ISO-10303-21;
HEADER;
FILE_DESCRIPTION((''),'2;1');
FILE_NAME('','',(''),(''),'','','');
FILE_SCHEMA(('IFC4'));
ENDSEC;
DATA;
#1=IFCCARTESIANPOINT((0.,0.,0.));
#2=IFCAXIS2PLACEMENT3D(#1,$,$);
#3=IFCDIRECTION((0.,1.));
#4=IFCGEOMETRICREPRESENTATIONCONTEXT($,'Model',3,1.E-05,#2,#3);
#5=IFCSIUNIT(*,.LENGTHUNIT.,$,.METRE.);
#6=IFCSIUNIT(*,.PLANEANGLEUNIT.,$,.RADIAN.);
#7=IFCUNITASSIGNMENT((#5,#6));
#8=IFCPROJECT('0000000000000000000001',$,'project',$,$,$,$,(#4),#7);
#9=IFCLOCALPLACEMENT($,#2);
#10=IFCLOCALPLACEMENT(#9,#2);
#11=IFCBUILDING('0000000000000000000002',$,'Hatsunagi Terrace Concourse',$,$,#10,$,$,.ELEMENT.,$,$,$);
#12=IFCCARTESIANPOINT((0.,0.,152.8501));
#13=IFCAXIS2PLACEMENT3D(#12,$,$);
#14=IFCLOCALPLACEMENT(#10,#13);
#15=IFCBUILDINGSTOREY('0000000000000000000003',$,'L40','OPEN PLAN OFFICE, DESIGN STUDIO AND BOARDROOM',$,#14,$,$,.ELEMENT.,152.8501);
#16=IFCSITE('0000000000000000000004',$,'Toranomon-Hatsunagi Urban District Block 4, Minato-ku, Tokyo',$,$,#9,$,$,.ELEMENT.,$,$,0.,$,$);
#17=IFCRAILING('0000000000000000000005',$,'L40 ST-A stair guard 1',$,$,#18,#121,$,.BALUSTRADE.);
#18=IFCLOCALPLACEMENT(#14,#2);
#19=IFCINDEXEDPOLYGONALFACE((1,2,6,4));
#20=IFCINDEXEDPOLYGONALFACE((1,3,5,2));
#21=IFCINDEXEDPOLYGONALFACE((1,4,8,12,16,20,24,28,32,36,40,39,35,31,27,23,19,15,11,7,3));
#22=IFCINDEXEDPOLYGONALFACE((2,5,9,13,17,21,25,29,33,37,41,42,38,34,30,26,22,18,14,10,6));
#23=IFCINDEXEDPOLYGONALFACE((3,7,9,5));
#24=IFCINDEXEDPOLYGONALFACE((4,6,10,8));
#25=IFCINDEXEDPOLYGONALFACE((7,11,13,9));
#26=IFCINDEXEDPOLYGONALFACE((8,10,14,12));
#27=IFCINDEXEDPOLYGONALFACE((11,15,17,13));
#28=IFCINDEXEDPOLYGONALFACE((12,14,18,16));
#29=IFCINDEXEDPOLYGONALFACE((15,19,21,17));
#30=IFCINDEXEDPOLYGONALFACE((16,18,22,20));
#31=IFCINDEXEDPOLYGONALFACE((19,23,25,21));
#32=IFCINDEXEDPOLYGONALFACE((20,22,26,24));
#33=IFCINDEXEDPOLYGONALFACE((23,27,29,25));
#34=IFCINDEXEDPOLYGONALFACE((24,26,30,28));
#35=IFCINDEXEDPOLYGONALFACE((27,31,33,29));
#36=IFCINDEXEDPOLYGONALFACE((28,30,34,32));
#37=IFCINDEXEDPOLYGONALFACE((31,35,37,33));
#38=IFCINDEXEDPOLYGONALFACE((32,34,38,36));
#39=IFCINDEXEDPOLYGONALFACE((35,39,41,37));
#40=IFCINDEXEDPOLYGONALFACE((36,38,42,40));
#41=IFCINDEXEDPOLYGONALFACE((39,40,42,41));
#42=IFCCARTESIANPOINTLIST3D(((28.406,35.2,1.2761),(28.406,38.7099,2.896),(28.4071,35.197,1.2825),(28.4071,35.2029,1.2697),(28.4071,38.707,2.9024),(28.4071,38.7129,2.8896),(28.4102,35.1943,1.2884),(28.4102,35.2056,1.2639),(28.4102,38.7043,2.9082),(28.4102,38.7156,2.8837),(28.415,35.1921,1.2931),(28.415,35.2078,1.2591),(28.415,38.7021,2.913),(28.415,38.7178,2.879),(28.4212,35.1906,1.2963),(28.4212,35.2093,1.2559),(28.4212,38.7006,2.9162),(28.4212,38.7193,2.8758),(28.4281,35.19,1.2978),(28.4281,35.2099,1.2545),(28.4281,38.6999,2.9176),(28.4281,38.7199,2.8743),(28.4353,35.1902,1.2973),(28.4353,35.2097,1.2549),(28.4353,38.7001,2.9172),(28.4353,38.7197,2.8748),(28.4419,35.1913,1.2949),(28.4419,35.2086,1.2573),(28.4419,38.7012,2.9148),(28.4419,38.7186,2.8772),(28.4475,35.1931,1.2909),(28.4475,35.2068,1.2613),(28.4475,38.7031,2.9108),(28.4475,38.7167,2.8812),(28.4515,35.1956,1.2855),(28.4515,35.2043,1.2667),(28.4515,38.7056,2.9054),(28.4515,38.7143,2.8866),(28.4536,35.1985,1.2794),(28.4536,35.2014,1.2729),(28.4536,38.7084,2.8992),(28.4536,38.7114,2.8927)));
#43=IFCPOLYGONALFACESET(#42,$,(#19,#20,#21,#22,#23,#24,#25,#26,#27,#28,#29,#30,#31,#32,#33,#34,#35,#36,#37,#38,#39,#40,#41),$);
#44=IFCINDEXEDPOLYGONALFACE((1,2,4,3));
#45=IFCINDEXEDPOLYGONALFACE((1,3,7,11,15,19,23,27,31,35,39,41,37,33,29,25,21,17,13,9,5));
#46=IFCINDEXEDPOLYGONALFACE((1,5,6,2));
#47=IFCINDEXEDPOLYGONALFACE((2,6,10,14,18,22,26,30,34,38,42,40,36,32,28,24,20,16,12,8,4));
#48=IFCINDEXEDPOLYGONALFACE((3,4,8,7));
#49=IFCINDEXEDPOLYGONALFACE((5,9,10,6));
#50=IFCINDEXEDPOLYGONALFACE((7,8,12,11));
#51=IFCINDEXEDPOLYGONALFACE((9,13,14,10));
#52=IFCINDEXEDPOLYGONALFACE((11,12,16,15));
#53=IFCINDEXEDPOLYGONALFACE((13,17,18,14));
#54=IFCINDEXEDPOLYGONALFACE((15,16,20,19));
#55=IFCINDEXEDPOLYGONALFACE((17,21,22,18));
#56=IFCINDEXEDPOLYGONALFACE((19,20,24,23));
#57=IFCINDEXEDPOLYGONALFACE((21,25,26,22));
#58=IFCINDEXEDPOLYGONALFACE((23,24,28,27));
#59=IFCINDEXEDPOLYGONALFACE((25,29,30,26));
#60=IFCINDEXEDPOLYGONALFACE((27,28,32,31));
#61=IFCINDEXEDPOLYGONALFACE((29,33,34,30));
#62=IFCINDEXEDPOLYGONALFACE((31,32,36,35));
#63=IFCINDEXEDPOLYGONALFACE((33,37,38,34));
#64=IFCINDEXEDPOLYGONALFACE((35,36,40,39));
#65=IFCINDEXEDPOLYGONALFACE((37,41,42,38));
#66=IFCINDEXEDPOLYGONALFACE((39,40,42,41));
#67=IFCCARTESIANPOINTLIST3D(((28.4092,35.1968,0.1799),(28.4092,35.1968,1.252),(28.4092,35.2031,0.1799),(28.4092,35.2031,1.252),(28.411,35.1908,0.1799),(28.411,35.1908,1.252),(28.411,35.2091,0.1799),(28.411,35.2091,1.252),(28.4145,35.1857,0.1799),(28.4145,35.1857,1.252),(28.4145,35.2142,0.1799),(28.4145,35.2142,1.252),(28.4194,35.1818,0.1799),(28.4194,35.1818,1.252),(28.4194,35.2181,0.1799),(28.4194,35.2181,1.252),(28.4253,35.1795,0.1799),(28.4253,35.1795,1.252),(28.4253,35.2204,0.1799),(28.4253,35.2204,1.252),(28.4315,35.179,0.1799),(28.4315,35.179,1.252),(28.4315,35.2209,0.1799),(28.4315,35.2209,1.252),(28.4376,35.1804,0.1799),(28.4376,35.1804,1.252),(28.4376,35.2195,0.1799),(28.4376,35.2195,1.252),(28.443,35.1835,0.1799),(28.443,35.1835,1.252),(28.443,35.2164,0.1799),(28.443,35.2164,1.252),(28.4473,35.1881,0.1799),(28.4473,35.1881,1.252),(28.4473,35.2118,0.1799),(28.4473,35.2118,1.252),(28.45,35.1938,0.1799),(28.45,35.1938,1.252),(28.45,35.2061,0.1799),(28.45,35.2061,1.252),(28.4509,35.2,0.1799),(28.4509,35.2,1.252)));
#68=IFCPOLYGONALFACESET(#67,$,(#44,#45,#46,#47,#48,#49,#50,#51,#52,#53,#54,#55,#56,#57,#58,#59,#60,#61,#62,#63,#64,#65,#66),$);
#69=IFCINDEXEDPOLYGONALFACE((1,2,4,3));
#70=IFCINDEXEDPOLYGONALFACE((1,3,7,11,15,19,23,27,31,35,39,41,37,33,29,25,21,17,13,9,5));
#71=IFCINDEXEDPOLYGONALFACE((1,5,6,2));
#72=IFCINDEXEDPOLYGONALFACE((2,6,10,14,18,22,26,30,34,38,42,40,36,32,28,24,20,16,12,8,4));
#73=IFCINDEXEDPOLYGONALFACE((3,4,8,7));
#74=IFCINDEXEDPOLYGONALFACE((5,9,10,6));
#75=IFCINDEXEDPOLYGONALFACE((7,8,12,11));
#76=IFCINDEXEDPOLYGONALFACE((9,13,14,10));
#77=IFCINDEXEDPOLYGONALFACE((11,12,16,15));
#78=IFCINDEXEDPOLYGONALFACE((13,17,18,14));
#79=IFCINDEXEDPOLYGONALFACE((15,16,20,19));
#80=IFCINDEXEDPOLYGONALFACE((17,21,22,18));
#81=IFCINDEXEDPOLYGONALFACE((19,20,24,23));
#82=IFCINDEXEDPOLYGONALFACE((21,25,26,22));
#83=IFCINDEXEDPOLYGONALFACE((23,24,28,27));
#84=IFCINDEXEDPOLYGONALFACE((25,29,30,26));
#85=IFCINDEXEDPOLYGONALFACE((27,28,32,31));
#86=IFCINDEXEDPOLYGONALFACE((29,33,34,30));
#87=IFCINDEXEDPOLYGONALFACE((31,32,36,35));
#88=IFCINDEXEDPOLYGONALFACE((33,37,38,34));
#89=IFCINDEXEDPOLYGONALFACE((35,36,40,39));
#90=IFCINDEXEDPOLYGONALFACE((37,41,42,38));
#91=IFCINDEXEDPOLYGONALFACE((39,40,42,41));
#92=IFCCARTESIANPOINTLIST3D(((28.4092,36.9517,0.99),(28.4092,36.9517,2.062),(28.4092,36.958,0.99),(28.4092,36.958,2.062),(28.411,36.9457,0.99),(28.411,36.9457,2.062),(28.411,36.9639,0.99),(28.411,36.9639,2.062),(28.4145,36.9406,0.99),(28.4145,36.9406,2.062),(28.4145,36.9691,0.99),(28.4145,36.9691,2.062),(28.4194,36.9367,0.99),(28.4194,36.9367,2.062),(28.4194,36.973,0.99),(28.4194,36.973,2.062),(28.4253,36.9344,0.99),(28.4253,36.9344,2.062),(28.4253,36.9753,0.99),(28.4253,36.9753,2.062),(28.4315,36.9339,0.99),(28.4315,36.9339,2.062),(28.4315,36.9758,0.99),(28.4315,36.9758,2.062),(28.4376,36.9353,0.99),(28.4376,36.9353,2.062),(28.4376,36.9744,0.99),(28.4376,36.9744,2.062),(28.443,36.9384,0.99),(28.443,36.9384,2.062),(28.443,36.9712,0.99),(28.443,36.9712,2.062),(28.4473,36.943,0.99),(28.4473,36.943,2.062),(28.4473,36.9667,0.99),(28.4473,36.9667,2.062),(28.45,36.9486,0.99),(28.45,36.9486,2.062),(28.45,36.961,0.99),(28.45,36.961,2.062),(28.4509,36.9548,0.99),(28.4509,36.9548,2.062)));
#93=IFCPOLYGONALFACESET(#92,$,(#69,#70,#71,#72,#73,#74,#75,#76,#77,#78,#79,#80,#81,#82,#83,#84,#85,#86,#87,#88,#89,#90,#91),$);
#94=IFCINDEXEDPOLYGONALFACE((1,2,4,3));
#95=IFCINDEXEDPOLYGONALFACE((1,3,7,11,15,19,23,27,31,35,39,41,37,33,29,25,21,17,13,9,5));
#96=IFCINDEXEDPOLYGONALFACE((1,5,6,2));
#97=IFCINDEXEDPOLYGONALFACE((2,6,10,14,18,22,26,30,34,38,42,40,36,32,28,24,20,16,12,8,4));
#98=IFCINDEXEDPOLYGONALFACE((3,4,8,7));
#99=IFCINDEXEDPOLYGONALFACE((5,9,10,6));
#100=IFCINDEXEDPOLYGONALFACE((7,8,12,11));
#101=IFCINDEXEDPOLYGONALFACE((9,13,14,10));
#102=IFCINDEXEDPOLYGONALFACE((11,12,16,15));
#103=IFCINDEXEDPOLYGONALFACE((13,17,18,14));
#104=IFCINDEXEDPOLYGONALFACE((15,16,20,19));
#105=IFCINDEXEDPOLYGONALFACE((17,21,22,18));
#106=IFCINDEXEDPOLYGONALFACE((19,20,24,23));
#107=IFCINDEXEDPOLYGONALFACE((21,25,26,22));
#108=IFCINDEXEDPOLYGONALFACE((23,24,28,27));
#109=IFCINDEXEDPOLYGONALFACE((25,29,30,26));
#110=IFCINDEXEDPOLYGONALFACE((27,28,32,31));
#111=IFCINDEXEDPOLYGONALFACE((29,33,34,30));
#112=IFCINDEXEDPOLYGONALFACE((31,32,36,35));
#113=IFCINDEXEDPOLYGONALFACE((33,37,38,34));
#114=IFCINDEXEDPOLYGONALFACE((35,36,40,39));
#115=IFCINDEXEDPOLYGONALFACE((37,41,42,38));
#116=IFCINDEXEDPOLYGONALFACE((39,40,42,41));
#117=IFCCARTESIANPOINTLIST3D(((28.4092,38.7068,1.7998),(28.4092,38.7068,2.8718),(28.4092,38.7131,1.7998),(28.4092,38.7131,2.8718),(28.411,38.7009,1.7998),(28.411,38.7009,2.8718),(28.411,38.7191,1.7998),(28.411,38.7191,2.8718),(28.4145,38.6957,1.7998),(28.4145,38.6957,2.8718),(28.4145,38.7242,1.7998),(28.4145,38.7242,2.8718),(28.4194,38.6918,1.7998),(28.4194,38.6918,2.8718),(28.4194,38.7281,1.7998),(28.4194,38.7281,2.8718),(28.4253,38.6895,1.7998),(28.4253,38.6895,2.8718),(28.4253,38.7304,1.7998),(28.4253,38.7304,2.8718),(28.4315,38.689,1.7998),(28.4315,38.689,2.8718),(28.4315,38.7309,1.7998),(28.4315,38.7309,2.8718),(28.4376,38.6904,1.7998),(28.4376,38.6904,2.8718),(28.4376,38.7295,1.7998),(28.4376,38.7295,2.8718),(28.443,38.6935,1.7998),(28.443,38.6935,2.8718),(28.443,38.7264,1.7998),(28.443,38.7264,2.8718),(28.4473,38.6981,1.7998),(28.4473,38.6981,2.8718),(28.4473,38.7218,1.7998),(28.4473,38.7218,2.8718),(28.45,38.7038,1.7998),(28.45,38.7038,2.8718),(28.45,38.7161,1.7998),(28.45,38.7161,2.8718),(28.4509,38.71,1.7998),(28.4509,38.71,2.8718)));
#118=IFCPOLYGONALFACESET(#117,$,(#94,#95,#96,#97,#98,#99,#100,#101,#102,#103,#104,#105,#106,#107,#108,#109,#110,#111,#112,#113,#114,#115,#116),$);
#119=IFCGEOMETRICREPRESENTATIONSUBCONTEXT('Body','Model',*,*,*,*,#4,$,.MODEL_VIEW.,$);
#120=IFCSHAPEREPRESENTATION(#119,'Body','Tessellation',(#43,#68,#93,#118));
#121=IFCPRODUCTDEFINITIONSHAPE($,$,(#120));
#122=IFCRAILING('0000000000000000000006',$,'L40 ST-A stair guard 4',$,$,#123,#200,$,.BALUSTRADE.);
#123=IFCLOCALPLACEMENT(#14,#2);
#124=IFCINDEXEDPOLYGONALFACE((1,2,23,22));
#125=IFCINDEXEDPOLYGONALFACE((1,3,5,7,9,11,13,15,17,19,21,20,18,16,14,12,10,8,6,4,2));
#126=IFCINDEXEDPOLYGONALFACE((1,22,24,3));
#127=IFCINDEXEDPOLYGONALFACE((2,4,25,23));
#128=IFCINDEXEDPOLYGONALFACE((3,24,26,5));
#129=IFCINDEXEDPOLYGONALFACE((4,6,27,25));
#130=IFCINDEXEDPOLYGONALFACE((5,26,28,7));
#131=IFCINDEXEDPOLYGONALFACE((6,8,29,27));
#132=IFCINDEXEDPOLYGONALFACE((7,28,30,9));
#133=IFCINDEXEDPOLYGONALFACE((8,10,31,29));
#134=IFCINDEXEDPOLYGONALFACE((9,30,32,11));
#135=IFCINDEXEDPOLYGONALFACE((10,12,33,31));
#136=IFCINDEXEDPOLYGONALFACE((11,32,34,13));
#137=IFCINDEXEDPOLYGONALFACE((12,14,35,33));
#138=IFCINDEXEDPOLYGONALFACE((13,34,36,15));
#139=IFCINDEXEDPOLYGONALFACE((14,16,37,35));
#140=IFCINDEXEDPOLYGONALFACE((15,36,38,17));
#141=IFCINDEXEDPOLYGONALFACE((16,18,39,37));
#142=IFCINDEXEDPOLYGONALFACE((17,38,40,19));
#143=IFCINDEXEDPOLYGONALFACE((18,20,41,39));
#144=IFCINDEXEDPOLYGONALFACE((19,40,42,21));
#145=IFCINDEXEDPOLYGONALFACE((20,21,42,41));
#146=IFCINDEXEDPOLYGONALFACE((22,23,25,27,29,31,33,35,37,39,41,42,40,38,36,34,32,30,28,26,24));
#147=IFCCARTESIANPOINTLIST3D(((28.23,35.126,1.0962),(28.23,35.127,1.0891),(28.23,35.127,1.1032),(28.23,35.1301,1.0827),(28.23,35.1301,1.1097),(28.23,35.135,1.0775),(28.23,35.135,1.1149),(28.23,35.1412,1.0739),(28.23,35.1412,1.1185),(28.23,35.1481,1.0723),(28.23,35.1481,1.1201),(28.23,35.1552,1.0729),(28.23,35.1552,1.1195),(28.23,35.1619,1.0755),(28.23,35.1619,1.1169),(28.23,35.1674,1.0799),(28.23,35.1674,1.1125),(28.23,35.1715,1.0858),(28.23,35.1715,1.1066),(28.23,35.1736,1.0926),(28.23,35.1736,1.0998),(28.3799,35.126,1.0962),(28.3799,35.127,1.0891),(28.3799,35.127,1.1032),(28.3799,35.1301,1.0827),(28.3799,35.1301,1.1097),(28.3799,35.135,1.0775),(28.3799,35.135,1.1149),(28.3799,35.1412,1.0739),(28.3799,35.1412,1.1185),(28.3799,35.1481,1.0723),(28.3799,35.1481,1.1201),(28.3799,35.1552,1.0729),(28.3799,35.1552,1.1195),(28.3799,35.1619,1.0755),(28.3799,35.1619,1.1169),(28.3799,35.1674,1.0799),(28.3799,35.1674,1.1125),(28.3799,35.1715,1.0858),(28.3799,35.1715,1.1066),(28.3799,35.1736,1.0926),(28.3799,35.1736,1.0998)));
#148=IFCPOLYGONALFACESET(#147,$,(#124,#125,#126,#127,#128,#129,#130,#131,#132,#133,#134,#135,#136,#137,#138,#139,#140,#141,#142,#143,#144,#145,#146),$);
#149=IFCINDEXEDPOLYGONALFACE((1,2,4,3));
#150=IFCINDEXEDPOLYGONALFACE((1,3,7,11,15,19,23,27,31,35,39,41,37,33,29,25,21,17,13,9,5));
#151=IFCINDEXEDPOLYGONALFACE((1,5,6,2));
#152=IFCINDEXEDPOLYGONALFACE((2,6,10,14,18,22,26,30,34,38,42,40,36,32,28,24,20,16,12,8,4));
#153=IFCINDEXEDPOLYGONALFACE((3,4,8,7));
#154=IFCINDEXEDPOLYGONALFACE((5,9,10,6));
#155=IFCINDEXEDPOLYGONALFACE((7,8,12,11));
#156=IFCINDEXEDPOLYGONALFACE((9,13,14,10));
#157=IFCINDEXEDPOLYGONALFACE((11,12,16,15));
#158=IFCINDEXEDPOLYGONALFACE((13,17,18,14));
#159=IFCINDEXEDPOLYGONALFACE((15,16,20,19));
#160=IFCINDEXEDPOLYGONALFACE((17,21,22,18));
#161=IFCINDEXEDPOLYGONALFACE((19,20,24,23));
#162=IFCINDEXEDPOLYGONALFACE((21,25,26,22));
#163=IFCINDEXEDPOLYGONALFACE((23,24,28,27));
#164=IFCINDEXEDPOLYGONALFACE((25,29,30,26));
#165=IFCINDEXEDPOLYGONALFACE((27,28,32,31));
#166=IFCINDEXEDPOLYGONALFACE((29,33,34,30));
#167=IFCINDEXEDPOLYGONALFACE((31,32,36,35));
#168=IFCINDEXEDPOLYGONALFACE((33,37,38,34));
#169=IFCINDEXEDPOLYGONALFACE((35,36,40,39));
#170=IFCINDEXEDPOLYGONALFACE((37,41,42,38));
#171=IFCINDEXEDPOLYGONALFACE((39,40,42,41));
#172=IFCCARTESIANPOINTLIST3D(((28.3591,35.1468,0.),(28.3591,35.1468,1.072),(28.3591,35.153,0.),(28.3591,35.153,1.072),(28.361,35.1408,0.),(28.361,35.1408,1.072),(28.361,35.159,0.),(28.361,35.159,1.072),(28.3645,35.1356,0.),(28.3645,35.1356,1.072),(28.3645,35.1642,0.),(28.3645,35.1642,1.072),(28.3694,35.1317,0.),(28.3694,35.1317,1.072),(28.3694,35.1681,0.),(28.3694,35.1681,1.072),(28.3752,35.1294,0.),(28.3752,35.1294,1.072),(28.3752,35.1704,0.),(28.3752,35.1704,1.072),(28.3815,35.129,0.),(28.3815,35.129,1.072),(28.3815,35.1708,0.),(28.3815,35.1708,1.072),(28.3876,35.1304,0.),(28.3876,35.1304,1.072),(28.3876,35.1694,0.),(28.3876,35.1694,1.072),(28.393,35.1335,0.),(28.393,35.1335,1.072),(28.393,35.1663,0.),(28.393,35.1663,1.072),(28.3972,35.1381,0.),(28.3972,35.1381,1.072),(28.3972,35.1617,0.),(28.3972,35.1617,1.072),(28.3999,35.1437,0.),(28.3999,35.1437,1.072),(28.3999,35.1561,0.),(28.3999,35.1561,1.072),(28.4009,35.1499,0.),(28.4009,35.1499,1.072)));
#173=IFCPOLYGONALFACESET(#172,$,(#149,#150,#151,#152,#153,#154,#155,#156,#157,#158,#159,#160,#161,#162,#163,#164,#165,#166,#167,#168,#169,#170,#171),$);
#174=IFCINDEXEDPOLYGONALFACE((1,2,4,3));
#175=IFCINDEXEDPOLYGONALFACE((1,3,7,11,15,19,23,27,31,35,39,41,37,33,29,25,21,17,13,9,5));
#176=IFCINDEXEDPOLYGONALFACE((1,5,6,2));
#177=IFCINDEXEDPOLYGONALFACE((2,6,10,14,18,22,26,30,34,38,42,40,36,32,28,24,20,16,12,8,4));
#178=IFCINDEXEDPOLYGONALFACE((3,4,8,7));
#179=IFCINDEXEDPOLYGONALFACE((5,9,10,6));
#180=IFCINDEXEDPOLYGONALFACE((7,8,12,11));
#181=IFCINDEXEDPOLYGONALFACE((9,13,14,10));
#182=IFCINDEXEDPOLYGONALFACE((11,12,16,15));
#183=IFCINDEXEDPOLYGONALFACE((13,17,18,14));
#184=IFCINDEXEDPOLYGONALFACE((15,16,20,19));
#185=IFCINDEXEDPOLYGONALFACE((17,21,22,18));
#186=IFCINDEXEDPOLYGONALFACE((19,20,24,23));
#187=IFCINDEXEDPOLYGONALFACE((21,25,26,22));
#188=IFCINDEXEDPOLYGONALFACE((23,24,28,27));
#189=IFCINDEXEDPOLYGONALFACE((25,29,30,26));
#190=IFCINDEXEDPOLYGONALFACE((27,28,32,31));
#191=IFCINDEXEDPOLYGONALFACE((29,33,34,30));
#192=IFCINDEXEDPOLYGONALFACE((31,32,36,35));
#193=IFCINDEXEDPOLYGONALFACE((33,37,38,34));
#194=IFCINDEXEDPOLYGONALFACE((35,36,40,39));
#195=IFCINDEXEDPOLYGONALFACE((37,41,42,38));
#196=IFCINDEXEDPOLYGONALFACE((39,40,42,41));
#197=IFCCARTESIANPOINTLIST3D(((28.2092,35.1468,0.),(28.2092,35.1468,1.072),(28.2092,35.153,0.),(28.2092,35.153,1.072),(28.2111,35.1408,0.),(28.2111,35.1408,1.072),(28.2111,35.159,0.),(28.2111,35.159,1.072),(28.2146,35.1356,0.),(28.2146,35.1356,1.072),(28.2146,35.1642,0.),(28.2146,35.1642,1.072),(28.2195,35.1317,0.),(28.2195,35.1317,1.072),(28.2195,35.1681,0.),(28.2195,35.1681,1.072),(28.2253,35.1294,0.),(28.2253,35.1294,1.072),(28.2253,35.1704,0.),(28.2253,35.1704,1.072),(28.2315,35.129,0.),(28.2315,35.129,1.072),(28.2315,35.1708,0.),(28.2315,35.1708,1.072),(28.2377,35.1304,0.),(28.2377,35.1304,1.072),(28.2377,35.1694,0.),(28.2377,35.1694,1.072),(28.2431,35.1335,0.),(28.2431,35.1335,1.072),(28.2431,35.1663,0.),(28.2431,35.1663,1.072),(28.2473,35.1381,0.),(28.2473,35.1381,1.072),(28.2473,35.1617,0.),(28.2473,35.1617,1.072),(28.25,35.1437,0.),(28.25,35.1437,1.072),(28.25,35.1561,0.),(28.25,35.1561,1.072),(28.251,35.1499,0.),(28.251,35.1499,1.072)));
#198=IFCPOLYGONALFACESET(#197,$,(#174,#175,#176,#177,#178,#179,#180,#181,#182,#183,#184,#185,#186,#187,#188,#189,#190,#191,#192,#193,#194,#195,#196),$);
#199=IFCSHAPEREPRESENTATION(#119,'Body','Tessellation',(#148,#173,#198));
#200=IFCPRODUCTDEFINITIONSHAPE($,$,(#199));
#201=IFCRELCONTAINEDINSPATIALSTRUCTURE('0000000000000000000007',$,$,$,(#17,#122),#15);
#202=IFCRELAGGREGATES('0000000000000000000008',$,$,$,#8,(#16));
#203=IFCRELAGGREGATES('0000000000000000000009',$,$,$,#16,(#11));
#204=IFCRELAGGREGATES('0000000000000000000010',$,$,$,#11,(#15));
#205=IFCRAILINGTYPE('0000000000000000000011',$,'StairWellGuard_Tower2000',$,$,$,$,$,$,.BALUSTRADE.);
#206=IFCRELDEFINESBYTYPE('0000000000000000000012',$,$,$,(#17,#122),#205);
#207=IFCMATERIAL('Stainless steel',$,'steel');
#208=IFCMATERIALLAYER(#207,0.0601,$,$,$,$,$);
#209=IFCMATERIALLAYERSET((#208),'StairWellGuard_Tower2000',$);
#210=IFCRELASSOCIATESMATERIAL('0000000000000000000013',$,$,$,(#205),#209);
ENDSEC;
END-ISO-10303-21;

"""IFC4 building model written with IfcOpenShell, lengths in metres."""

from ifc_helpers import new_model, si_unit, direction, frame, origin, origin_2d, place, context, subcontext, project, spatial, circle, extrude, material, layer, layer_set, type_object, element, save


model = new_model("IFC4")

# Units and contexts
model_context = context("Model", 3, precision=1e-05, world=origin(), true_north=direction((0.0, 1.0)))
body_context = subcontext(model_context, "Body", "Model", "MODEL_VIEW")
ifc_project = project(units=[si_unit("LENGTHUNIT", "METRE"), si_unit("PLANEANGLEUNIT", "RADIAN")], contexts=[model_context])

# Site, building, storey
site_placement = place(None, origin())
site = spatial("IfcSite", under=ifc_project, at=site_placement, Name="Toranomon-Hatsunagi Urban District Block 4, Minato-ku, Tokyo", CompositionType="ELEMENT", RefElevation=0.0)
building_placement = place(site_placement, origin())
building = spatial("IfcBuilding", under=site, at=building_placement, Name="Hatsunagi Terrace Concourse", CompositionType="ELEMENT")
storey_placement = place(building_placement, frame((0.0, 0.0, 152.8501)))
storey = spatial("IfcBuildingStorey", under=building, at=storey_placement, Name="L40", Description="OPEN PLAN OFFICE, DESIGN STUDIO AND BOARDROOM", CompositionType="ELEMENT", Elevation=152.8501)

# Railings
ifc_material_1 = material(Name="Stainless steel", Category="steel")
ifc_layer_1 = layer(ifc_material_1, 0.0601)
ifc_layer_set_1 = layer_set([ifc_layer_1], Name="StairWellGuard_Tower2000")
railing_type_1 = type_object("IfcRailingType", Name="StairWellGuard_Tower2000", PredefinedType="BALUSTRADE", material=ifc_layer_set_1)
railing_1_placement = place(storey_placement, frame((28.4299, 35.2, 0.1799)))
element("IfcRailing", 1, at=railing_1_placement, inside=storey, type_object=railing_type_1, Name="L40 ST-A stair guard 1", PredefinedType="BALUSTRADE", context=body_context, shape_type="SweptSolid", body=[
    extrude(circle(Radius=0.0239, at=origin_2d()), frame((0.0, 0.0, 1.0962), z_axis=(0.0, 0.907972, 0.41903), x_axis=(-1.0, 0.0, 0.0)), (0.0, 0.0, 1.0), 3.8657),
    extrude(circle(Radius=0.021, at=origin_2d()), origin(), (0.0, 0.0, 1.0), 1.072),
    extrude(circle(Radius=0.021, at=origin_2d()), frame((0.0, 1.7549, 0.8101)), (0.0, 0.0, 1.0), 1.072),
    extrude(circle(Radius=0.021, at=origin_2d()), frame((0.0, 3.51, 1.6199)), (0.0, 0.0, 1.0), 1.072),
])
railing_2_placement = place(storey_placement, frame((28.3799, 35.1499, 0.0)))
element("IfcRailing", 2, at=railing_2_placement, inside=storey, type_object=railing_type_1, Name="L40 ST-A stair guard 4", PredefinedType="BALUSTRADE", context=body_context, shape_type="SweptSolid", body=[
    extrude(circle(Radius=0.0239, at=origin_2d()), frame((0.0, 0.0, 1.0962), z_axis=(-1.0, 0.0, 0.0), x_axis=(0.0, -1.0, 0.0)), (0.0, 0.0, 1.0), 0.1499),
    extrude(circle(Radius=0.021, at=origin_2d()), origin(), (0.0, 0.0, 1.0), 1.072),
    extrude(circle(Radius=0.021, at=origin_2d()), frame((-0.1499, 0.0, 0.0)), (0.0, 0.0, 1.0), 1.072),
])

save(model, "model.ifc")
